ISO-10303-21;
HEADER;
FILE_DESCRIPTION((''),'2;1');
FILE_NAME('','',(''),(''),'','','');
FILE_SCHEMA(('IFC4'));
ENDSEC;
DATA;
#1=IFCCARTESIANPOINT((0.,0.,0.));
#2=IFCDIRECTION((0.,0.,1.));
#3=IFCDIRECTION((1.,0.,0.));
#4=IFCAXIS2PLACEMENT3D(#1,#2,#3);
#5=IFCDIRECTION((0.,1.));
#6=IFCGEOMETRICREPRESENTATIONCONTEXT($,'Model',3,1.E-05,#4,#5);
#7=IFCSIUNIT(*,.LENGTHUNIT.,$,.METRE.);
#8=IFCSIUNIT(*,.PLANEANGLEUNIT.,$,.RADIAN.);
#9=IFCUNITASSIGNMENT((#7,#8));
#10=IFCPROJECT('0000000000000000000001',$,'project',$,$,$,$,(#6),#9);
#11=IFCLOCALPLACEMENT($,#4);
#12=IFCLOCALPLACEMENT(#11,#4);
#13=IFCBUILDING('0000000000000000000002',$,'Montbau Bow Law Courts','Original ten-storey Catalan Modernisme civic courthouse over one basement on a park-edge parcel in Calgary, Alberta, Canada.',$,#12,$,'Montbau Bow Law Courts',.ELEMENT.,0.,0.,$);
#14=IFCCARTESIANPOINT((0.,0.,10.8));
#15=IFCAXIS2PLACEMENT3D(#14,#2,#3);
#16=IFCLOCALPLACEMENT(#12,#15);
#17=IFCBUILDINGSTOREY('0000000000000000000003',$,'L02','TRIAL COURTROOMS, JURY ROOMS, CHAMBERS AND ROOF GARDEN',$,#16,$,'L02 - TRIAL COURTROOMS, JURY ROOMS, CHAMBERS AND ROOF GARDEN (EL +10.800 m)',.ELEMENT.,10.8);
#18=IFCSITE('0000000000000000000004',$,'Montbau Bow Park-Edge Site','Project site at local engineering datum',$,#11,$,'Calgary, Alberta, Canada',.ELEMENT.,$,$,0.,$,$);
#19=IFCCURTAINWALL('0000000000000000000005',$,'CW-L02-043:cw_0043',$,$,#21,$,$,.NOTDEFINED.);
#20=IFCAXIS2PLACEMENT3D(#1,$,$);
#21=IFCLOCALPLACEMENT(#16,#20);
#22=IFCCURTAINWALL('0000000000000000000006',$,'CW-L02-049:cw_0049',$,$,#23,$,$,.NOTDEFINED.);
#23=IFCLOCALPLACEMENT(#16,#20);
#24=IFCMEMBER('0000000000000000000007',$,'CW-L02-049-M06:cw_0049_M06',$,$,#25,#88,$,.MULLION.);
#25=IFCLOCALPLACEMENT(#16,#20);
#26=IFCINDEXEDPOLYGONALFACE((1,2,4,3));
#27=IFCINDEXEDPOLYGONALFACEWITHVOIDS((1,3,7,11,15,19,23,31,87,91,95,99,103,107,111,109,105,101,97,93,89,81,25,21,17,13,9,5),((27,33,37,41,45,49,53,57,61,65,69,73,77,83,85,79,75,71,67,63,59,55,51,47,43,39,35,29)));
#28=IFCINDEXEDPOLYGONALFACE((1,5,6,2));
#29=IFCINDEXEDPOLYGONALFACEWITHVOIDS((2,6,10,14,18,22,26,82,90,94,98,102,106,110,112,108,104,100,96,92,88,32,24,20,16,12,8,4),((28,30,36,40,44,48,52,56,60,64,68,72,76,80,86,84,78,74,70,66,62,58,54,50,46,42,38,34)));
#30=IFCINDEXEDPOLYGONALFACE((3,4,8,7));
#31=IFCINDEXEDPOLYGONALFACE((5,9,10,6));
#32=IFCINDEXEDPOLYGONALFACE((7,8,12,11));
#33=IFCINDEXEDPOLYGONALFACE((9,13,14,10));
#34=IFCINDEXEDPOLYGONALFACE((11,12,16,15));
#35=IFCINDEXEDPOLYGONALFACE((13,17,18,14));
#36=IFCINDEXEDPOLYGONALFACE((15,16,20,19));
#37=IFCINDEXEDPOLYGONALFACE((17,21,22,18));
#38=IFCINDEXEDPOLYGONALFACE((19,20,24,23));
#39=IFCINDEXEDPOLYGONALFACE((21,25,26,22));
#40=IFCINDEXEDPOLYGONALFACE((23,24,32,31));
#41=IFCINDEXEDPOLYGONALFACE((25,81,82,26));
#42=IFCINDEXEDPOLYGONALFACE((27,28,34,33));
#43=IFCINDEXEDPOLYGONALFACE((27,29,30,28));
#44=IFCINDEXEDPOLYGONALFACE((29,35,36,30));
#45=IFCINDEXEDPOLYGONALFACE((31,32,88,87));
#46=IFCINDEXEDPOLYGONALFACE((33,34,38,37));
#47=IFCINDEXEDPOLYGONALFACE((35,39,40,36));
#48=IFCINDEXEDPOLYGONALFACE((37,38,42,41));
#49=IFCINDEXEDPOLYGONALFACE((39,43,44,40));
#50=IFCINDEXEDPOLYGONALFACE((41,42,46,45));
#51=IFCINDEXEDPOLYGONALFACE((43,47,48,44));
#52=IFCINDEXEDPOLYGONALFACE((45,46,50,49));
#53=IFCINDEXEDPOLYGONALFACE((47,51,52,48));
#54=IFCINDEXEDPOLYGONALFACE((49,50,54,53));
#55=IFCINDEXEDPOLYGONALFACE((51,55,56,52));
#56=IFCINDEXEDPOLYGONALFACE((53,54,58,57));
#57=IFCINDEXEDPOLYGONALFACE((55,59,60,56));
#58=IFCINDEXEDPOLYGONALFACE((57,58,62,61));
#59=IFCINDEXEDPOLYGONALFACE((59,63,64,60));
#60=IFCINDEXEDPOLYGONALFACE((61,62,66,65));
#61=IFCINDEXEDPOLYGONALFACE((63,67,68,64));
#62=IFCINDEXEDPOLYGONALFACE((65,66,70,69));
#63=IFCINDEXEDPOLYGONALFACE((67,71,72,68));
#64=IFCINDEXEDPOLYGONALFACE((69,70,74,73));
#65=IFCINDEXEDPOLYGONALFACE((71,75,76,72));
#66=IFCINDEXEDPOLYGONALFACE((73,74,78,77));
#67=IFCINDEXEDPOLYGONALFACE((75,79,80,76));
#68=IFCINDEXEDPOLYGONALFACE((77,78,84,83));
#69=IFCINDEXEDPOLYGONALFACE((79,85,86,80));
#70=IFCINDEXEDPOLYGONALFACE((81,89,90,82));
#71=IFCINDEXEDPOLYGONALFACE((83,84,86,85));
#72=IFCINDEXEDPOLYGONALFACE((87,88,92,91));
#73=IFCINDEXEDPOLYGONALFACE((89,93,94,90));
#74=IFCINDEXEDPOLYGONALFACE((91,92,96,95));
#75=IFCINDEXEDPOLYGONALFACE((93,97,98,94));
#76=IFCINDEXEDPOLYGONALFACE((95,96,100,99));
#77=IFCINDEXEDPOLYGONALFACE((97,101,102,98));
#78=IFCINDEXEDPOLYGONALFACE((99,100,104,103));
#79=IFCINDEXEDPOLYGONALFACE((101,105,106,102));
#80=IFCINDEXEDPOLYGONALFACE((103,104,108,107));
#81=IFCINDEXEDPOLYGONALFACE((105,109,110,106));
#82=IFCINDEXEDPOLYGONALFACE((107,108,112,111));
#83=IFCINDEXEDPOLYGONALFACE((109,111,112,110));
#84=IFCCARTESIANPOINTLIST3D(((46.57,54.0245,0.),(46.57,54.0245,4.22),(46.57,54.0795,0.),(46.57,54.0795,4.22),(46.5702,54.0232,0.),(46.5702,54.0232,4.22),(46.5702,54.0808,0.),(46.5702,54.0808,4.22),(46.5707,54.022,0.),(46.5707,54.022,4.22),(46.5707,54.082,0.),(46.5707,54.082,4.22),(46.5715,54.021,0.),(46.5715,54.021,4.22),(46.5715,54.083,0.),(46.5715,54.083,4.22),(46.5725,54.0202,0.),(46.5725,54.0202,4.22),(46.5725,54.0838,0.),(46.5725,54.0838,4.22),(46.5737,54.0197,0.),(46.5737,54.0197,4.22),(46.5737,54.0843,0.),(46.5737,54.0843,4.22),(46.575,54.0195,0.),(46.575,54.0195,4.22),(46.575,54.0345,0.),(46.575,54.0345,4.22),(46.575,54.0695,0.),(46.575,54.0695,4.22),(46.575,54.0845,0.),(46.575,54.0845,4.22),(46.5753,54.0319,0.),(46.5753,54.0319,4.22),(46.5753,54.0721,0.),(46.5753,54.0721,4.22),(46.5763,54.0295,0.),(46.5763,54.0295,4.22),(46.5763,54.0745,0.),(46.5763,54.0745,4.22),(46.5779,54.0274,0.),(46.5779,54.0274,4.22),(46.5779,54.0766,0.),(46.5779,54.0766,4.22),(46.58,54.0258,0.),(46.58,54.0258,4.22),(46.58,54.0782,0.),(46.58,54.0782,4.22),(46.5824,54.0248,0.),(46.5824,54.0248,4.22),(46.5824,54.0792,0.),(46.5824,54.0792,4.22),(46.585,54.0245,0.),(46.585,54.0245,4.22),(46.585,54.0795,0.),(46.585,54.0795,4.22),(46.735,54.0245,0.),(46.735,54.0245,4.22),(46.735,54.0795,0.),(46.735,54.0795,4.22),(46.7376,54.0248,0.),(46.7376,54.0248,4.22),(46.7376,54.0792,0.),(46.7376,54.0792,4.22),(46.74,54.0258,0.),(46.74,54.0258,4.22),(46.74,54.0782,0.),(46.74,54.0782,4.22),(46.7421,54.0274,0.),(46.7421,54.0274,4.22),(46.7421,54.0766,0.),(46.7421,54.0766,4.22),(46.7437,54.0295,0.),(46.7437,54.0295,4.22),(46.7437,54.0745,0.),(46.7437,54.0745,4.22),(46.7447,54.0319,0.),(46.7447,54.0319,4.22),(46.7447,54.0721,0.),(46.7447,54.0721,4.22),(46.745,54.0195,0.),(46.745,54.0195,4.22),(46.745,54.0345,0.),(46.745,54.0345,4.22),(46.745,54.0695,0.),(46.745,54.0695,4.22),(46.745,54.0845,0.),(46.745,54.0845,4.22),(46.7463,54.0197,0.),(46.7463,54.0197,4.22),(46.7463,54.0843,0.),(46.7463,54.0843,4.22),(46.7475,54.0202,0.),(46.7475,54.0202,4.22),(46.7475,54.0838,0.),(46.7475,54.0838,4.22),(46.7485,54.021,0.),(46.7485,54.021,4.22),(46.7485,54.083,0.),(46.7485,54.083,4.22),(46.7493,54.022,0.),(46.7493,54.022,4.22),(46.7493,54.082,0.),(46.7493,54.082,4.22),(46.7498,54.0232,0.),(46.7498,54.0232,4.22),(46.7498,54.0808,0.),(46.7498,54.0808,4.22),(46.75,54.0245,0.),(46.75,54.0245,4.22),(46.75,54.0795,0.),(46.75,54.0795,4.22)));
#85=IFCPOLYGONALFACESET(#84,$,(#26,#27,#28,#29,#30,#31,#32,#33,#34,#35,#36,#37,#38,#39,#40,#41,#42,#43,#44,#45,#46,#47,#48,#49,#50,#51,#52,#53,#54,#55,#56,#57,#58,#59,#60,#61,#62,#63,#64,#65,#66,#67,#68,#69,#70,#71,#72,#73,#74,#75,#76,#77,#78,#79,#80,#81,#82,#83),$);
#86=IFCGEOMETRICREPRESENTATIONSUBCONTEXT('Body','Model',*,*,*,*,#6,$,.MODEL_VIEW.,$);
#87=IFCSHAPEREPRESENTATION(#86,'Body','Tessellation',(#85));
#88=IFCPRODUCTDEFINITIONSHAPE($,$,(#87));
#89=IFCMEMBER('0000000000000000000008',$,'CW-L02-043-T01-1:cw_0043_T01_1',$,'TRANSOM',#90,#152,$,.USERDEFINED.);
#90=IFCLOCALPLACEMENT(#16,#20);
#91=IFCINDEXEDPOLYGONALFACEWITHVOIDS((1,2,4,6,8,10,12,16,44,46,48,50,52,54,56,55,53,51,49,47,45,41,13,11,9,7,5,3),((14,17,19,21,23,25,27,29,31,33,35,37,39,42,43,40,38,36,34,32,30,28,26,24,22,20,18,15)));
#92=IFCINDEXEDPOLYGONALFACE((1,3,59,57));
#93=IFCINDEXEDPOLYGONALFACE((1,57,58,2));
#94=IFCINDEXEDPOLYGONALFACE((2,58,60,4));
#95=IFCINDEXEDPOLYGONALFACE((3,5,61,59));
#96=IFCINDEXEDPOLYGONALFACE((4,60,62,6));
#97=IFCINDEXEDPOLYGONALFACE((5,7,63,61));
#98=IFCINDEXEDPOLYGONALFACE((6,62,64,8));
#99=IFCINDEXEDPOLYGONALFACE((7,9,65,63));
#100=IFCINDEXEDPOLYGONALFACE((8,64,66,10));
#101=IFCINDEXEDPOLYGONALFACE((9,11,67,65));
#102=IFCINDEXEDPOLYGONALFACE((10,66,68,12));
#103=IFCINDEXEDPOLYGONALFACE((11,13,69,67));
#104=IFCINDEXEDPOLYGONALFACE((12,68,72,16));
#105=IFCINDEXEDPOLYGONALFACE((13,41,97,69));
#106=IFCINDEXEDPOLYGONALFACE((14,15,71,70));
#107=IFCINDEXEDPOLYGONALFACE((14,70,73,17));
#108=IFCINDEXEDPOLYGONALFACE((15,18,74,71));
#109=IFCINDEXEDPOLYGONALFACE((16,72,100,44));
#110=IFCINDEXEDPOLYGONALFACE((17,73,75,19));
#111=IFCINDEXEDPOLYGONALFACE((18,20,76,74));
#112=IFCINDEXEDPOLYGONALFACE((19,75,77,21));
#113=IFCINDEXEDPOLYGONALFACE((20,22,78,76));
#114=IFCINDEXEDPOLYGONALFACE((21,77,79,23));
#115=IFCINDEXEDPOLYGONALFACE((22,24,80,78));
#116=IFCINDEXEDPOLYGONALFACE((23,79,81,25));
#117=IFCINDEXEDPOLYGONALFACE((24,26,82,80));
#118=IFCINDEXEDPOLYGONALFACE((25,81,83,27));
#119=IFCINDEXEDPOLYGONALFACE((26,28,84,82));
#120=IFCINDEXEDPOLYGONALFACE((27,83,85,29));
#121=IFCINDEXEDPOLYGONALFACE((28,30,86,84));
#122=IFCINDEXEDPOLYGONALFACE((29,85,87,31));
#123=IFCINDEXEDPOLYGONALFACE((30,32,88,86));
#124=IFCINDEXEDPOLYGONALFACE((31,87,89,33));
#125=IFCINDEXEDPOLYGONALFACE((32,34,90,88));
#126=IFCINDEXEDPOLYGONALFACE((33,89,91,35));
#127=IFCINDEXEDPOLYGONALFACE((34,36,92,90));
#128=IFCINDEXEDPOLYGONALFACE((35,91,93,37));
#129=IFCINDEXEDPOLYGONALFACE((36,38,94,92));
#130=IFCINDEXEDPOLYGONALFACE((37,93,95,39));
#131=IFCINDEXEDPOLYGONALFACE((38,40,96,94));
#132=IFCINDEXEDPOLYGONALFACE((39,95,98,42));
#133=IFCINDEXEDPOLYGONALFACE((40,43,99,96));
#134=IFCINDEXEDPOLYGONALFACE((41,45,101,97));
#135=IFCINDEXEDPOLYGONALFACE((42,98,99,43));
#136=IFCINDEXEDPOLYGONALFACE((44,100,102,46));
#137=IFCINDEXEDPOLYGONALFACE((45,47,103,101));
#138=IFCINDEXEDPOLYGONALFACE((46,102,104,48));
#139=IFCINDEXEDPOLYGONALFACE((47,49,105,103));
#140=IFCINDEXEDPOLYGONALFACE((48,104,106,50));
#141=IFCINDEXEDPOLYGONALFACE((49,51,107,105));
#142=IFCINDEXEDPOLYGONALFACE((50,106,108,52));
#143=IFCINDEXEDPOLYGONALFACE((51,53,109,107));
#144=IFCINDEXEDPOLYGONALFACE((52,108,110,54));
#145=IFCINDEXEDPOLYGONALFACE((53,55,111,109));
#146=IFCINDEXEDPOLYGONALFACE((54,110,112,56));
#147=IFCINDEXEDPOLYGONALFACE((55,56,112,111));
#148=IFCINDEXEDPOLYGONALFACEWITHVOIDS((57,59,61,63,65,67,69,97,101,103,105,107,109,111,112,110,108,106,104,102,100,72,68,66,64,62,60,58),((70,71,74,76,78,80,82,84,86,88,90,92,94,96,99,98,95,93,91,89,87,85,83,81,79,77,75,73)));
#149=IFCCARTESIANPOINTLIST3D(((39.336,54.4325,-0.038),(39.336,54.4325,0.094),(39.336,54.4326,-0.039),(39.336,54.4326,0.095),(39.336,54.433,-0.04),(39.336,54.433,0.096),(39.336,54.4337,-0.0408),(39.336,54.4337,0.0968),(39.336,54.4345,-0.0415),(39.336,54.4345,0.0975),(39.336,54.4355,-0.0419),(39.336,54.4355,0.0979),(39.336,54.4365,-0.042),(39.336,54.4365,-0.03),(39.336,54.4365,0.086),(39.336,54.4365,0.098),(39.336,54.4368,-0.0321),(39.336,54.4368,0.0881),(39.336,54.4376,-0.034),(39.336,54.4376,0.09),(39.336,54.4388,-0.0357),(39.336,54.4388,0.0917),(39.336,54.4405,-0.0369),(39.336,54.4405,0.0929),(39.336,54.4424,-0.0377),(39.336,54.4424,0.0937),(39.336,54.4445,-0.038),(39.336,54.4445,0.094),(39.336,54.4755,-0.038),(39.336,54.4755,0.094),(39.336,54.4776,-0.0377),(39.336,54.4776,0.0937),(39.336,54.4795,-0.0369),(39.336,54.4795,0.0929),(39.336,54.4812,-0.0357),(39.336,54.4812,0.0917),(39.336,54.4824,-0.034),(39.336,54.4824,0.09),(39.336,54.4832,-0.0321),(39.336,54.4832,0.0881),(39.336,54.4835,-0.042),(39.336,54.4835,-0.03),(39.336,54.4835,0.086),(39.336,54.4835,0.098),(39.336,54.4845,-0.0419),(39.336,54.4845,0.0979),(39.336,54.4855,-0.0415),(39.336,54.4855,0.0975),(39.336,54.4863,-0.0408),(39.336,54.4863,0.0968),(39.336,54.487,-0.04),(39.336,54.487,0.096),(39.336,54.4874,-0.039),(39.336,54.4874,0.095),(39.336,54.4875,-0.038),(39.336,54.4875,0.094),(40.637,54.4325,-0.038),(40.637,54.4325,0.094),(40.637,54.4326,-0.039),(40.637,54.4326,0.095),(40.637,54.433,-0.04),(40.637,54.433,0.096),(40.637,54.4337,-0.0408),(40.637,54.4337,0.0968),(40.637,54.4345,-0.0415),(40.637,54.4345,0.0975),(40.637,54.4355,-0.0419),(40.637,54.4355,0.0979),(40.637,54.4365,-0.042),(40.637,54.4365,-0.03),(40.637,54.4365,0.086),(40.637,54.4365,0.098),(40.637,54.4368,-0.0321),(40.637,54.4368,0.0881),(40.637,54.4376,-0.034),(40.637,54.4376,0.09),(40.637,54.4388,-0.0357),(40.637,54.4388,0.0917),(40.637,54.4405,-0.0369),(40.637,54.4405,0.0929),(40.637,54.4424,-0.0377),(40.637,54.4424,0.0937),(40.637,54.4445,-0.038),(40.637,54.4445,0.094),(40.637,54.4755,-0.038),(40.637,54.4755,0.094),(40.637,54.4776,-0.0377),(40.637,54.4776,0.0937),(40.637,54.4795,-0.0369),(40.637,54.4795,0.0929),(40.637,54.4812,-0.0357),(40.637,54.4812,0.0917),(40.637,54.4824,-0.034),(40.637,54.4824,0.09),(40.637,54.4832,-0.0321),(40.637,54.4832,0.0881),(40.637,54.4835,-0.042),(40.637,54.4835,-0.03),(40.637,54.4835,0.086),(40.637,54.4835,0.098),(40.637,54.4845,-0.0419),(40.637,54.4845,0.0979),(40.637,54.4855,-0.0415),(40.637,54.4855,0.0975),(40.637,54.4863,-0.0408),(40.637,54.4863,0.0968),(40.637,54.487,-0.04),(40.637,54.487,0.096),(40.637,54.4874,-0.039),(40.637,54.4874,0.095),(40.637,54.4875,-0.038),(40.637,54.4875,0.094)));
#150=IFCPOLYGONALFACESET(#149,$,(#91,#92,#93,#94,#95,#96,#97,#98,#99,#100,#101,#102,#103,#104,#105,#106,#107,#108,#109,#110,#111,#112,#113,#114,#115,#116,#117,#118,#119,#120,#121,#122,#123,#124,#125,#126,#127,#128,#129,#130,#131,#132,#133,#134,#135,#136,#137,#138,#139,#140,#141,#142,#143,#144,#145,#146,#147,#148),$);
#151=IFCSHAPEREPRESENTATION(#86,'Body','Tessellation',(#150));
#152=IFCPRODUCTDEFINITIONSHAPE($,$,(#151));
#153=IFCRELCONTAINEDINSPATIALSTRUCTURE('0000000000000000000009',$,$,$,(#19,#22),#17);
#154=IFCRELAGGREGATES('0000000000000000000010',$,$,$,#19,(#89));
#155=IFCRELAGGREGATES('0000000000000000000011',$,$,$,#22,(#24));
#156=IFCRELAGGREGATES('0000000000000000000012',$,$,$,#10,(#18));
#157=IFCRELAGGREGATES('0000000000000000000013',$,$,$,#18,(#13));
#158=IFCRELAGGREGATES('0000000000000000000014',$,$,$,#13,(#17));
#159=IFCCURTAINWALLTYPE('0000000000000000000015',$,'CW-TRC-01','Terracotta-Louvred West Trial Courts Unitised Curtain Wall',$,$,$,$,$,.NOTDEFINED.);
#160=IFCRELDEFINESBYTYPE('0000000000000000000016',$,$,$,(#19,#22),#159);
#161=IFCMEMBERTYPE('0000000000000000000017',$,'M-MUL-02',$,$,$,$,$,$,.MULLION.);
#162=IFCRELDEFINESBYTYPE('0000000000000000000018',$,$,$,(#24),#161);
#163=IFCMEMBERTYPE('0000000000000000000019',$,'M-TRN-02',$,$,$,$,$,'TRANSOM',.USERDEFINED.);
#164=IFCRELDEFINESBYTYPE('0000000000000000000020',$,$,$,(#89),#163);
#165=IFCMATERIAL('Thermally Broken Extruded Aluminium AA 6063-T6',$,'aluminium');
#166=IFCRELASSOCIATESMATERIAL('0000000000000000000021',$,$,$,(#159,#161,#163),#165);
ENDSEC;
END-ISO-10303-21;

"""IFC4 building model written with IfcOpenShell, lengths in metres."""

from ifc_helpers import new_model, si_unit, direction, frame, origin_with_axes, origin_2d_with_axis, place, context, subcontext, project, spatial, hollow_rectangle, extrude, material, material_profile, profile_set, type_object, element, aggregate, save


model = new_model("IFC4")

# Units and contexts
model_context = context("Model", 3, precision=1e-05, world=origin_with_axes(), true_north=direction((0.0, 1.0)))
body_context = subcontext(model_context, "Body", "Model", "MODEL_VIEW")
ifc_project = project(units=[si_unit("LENGTHUNIT", "METRE"), si_unit("PLANEANGLEUNIT", "RADIAN")], contexts=[model_context])

# Site, building, storey
site_placement = place(None, origin_with_axes())
site = spatial("IfcSite", under=ifc_project, at=site_placement, Name="Montbau Bow Park-Edge Site", Description="Project site at local engineering datum", LongName="Calgary, Alberta, Canada", CompositionType="ELEMENT", RefElevation=0.0)
building_placement = place(site_placement, origin_with_axes())
building = spatial("IfcBuilding", under=site, at=building_placement, Name="Montbau Bow Law Courts", Description="Original ten-storey Catalan Modernisme civic courthouse over one basement on a park-edge parcel in Calgary, Alberta, Canada.", LongName="Montbau Bow Law Courts", CompositionType="ELEMENT", ElevationOfRefHeight=0.0, ElevationOfTerrain=0.0)
storey_placement = place(building_placement, frame((0.0, 0.0, 10.8), z_axis=(0.0, 0.0, 1.0), x_axis=(1.0, 0.0, 0.0)))
storey = spatial("IfcBuildingStorey", under=building, at=storey_placement, Name="L02", Description="TRIAL COURTROOMS, JURY ROOMS, CHAMBERS AND ROOF GARDEN", LongName="L02 - TRIAL COURTROOMS, JURY ROOMS, CHAMBERS AND ROOF GARDEN (EL +10.800 m)", CompositionType="ELEMENT", Elevation=10.8)

# Curtain walls, member
ifc_material_1 = material(Name="Thermally Broken Extruded Aluminium AA 6063-T6", Category="aluminium")
curtain_wall_type = type_object("IfcCurtainWallType", Name="CW-TRC-01", Description="Terracotta-Louvred West Trial Courts Unitised Curtain Wall", PredefinedType="NOTDEFINED", material=ifc_material_1)
curtain_wall_1_placement = place(None, frame((39.268, 54.46, 10.8), z_axis=(0.0, 0.0, 1.0), x_axis=(1.0, 0.0, 0.0)))
curtain_wall_1 = element("IfcCurtainWall", 1, at=curtain_wall_1_placement, inside=storey, type_object=curtain_wall_type, Name="CW-L02-043:cw_0043", PredefinedType="NOTDEFINED")
ifc_material_profile_1 = material_profile(ifc_material_1, hollow_rectangle(XDim=0.065, YDim=0.18, WallThickness=0.005, InnerFilletRadius=0.01, OuterFilletRadius=0.005, at=origin_2d_with_axis()), Name="CWM-180X65", Category="Main", Priority=0)
ifc_profile_set_1 = profile_set([ifc_material_profile_1], Name="Thermally Broken Extruded Aluminium AA 6063-T6")
member_type_1 = type_object("IfcMemberType", Name="M-MUL-02", PredefinedType="MULLION", material=ifc_profile_set_1)
curtain_wall_2_placement = place(None, frame((46.66, 46.715, 10.8), z_axis=(0.0, 0.0, 1.0), x_axis=(1.0, 0.0, 0.0)))
curtain_wall_2 = element("IfcCurtainWall", 2, at=curtain_wall_2_placement, inside=storey, type_object=curtain_wall_type, Name="CW-L02-049:cw_0049", PredefinedType="NOTDEFINED")
member_1_placement = place(None, frame((46.66, 54.052, 10.8), z_axis=(0.0, 0.0, 1.0), x_axis=(0.0, 1.0, 0.0)))
member_1 = element("IfcMember", 3, at=member_1_placement, type_object=member_type_1, Name="CW-L02-049-M06:cw_0049_M06", PredefinedType="MULLION", context=body_context, shape_type="SweptSolid", body=[
    extrude(hollow_rectangle(XDim=0.065, YDim=0.18, WallThickness=0.005, InnerFilletRadius=0.01, OuterFilletRadius=0.005, at=origin_2d_with_axis()), origin_with_axes(), (0.0, 0.0, 1.0), 4.22),
])

# Member
ifc_material_profile_2 = material_profile(ifc_material_1, hollow_rectangle(XDim=0.055, YDim=0.14, WallThickness=0.004, InnerFilletRadius=0.008, OuterFilletRadius=0.004, at=origin_2d_with_axis()), Name="CWT-140X55", Category="Main", Priority=0)
ifc_profile_set_2 = profile_set([ifc_material_profile_2], Name="Thermally Broken Extruded Aluminium AA 6063-T6")
member_type_2 = type_object("IfcMemberType", Name="M-TRN-02", ElementType="TRANSOM", PredefinedType="USERDEFINED", material=ifc_profile_set_2)
member_2_placement = place(None, frame((39.336, 54.46, 10.828), z_axis=(1.0, 0.0, 0.0), x_axis=(0.0, 1.0, 0.0)))
member_2 = element("IfcMember", 4, at=member_2_placement, type_object=member_type_2, Name="CW-L02-043-T01-1:cw_0043_T01_1", ObjectType="TRANSOM", PredefinedType="USERDEFINED", context=body_context, shape_type="SweptSolid", body=[
    extrude(hollow_rectangle(XDim=0.055, YDim=0.14, WallThickness=0.004, InnerFilletRadius=0.008, OuterFilletRadius=0.004, at=origin_2d_with_axis()), origin_with_axes(), (0.0, 0.0, 1.0), 1.301),
])

aggregate(curtain_wall_1, [member_2])
aggregate(curtain_wall_2, [member_1])

save(model, "model.ifc")
